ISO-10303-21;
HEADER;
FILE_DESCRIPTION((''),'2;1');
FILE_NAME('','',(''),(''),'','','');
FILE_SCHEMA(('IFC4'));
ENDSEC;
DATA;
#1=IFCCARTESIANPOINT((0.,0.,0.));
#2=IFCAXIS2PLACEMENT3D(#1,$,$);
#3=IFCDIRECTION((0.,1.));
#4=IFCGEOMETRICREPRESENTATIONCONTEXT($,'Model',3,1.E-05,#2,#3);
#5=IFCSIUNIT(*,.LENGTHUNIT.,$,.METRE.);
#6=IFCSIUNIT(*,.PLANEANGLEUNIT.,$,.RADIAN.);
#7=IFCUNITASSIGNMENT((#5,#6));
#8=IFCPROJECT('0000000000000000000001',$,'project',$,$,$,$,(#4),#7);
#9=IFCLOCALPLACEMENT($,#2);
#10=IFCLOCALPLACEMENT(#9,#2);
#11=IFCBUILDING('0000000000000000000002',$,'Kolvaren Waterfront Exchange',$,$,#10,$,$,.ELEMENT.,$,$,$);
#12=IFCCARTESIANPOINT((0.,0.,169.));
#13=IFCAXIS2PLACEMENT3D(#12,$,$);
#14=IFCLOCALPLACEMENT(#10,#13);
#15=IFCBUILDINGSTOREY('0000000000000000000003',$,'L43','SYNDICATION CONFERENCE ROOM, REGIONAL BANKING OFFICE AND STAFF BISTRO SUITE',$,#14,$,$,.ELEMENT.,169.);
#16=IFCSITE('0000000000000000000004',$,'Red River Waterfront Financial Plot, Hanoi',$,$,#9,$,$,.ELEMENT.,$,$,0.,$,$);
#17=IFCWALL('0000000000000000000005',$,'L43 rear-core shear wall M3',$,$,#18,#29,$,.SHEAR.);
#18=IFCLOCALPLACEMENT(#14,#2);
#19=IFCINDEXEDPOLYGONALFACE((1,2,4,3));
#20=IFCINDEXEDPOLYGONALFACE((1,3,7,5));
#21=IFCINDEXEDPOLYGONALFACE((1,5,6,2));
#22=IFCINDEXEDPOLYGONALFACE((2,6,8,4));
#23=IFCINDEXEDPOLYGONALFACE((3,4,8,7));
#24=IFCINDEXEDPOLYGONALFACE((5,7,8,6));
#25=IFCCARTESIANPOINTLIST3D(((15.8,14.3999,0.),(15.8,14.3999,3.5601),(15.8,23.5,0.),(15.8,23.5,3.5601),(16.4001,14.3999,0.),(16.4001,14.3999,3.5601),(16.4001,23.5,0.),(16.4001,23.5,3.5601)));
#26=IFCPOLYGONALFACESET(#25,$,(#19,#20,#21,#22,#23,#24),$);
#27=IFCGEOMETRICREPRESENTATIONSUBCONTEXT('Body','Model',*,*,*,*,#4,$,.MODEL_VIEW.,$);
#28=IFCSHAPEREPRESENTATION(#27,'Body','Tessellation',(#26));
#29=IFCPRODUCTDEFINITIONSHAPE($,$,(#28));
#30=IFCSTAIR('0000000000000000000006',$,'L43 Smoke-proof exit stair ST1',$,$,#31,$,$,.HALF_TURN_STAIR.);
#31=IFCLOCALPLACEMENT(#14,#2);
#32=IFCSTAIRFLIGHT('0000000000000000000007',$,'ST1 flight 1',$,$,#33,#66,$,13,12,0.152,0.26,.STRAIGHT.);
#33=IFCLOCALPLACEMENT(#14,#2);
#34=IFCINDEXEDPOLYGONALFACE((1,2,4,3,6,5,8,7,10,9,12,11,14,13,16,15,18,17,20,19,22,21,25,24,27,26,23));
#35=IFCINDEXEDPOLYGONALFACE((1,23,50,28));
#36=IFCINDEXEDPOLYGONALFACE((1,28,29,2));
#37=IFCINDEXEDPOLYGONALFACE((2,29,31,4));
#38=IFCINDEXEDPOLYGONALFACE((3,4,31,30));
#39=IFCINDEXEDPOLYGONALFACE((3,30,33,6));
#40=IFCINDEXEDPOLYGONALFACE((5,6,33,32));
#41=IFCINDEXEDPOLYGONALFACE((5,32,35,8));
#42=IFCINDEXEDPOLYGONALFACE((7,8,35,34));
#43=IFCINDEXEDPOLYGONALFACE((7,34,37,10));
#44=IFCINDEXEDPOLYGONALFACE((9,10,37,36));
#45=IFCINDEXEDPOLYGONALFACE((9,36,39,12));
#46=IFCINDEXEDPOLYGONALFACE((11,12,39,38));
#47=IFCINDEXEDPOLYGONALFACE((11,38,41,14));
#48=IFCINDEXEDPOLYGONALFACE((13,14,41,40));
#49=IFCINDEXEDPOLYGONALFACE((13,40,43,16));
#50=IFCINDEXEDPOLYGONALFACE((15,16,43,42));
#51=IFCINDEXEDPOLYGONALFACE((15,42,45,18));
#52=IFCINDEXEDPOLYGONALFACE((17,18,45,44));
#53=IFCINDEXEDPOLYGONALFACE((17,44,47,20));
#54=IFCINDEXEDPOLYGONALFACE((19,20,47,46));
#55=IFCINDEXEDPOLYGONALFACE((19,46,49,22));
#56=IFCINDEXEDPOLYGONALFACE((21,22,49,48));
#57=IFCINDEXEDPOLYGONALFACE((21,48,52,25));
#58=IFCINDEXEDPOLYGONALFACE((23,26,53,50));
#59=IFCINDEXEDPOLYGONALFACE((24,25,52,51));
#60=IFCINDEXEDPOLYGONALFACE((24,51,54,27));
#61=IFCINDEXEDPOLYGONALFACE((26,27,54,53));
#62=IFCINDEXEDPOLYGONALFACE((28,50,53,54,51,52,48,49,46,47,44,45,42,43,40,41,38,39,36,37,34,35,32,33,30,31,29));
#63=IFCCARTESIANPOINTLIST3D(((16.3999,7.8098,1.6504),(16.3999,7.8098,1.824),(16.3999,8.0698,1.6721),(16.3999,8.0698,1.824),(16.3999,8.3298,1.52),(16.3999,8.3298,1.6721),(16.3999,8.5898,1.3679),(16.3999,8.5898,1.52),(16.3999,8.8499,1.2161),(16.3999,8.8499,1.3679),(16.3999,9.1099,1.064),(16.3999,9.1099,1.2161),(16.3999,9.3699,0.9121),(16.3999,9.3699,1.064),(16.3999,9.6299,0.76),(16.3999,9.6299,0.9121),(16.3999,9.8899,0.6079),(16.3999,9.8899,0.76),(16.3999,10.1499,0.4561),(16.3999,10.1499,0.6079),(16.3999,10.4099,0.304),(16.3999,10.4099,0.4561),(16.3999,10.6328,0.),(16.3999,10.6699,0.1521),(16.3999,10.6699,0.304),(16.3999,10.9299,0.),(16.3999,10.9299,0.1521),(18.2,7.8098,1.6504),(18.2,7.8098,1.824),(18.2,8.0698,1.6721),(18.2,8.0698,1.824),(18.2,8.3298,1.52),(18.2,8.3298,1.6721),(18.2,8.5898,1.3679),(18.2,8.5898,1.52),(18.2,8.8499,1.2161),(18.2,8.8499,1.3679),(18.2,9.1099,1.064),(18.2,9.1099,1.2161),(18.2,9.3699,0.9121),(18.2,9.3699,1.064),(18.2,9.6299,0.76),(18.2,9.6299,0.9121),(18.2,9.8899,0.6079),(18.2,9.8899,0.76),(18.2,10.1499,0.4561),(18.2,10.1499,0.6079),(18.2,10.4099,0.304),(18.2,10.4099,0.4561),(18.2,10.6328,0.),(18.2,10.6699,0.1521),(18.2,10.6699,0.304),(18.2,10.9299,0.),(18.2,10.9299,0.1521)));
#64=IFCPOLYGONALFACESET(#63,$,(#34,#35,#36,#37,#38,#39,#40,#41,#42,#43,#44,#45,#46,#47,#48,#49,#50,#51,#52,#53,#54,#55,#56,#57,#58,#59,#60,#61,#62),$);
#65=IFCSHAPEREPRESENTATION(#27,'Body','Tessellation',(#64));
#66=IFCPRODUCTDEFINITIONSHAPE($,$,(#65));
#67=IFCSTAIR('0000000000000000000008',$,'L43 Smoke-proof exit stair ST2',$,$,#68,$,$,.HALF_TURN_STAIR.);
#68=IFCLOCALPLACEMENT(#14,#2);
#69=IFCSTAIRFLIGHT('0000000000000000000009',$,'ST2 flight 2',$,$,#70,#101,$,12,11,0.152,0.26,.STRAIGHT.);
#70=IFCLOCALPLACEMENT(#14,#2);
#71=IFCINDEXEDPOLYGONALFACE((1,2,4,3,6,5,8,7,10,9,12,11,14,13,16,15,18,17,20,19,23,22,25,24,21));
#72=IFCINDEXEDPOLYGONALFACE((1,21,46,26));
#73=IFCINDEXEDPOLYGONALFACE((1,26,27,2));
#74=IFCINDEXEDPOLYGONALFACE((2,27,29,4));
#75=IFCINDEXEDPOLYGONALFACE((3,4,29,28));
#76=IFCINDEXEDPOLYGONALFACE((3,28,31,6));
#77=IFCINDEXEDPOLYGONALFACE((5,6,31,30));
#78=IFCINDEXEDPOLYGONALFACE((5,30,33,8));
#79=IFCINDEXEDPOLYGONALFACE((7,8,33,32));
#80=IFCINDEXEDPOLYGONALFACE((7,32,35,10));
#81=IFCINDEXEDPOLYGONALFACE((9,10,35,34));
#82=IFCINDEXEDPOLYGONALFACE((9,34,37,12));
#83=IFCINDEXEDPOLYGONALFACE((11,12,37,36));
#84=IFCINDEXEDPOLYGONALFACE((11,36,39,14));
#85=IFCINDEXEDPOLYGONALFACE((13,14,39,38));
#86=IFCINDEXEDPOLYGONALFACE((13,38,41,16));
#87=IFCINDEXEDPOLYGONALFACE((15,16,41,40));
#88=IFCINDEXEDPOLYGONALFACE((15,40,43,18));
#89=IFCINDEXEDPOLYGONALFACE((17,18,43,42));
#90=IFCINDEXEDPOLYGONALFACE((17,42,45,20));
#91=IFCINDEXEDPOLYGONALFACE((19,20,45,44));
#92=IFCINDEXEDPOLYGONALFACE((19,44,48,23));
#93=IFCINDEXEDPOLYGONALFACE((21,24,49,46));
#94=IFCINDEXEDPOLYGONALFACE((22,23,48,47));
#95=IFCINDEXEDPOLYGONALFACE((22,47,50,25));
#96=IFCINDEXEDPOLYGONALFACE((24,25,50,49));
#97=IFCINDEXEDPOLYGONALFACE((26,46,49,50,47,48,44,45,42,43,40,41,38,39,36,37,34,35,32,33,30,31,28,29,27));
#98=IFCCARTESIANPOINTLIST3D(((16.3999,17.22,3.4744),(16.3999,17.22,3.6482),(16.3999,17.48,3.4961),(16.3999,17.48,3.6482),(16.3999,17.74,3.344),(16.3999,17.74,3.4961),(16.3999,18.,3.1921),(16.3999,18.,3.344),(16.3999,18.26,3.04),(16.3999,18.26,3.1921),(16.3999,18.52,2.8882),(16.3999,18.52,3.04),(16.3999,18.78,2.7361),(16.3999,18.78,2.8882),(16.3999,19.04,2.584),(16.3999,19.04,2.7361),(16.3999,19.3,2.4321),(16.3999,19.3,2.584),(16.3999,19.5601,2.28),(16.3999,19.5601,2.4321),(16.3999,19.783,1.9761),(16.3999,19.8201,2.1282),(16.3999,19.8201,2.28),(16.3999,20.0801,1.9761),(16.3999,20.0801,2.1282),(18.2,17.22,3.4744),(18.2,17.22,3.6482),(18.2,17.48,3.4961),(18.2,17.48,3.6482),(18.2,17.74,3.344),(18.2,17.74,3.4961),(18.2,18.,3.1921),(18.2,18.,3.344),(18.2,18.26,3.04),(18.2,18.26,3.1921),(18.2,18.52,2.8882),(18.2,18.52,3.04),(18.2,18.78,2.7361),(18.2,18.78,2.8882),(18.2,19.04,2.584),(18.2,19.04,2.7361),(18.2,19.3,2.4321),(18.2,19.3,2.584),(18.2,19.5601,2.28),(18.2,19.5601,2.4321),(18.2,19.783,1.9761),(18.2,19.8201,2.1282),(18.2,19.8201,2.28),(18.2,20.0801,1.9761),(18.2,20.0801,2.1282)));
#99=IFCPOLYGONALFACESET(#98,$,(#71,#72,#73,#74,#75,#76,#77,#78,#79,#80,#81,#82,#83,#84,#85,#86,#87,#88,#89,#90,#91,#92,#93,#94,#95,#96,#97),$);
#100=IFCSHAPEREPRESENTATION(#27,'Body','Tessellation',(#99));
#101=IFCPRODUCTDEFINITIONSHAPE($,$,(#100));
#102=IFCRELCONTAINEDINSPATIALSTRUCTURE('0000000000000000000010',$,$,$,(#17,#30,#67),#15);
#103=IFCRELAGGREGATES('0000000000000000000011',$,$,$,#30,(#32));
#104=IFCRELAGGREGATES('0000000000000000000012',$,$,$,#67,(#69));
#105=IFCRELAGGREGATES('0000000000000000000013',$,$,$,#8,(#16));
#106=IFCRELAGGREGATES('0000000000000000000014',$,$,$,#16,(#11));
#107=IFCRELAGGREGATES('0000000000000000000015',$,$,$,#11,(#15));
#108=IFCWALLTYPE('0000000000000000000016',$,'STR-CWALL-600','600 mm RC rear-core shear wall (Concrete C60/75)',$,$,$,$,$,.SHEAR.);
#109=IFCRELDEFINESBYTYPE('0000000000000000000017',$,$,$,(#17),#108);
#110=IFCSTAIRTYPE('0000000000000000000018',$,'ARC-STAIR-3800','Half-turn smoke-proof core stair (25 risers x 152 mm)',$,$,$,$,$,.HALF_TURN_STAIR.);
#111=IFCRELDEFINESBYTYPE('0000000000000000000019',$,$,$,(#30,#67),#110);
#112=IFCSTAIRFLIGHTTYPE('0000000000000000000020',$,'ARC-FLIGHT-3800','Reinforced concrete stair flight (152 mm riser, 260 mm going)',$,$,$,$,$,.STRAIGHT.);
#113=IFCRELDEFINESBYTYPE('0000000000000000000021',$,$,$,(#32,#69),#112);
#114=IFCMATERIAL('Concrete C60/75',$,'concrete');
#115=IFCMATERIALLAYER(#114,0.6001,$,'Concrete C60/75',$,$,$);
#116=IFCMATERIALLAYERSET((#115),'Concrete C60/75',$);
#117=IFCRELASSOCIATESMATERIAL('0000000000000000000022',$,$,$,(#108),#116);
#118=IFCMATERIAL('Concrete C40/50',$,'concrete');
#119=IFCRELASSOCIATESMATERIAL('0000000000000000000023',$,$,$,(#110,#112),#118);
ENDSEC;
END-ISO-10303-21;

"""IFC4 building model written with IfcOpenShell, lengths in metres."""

from ifc_helpers import new_model, si_unit, direction, frame, frame_2d, origin, place, context, subcontext, project, spatial, polyline, rectangle, outline, extrude, material, layer, layer_set, type_object, element, aggregate, save


model = new_model("IFC4")

# Units and contexts
model_context = context("Model", 3, precision=1e-05, world=origin(), true_north=direction((0.0, 1.0)))
body_context = subcontext(model_context, "Body", "Model", "MODEL_VIEW")
ifc_project = project(units=[si_unit("LENGTHUNIT", "METRE"), si_unit("PLANEANGLEUNIT", "RADIAN")], contexts=[model_context])

# Site, building, storey
site_placement = place(None, origin())
site = spatial("IfcSite", under=ifc_project, at=site_placement, Name="Red River Waterfront Financial Plot, Hanoi", CompositionType="ELEMENT", RefElevation=0.0)
building_placement = place(site_placement, origin())
building = spatial("IfcBuilding", under=site, at=building_placement, Name="Kolvaren Waterfront Exchange", CompositionType="ELEMENT")
storey_placement = place(building_placement, frame((0.0, 0.0, 169.0)))
storey = spatial("IfcBuildingStorey", under=building, at=storey_placement, Name="L43", Description="SYNDICATION CONFERENCE ROOM, REGIONAL BANKING OFFICE AND STAFF BISTRO SUITE", CompositionType="ELEMENT", Elevation=169.0)

# Shared definitions
ifc_material_1 = material(Name="Concrete C60/75", Category="concrete")

# Wall
ifc_material_2 = material(Name="Concrete C40/50", Category="concrete")
ifc_layer_1 = layer(ifc_material_1, 0.6001, Name="Concrete C60/75")
ifc_layer_set_1 = layer_set([ifc_layer_1], Name="Concrete C60/75")
wall_type_1 = type_object("IfcWallType", Name="STR-CWALL-600", Description="600 mm RC rear-core shear wall (Concrete C60/75)", PredefinedType="SHEAR", material=ifc_layer_set_1)
wall_1_placement = place(storey_placement, frame((16.1001, 14.3999, 0.0), z_axis=(0.0, 0.0, 1.0), x_axis=(0.0, 1.0, 0.0)))
element("IfcWall", 1, at=wall_1_placement, inside=storey, type_object=wall_type_1, Name="L43 rear-core shear wall M3", PredefinedType="SHEAR", context=body_context, shape_type="SweptSolid", body=[
    extrude(rectangle(XDim=9.1001, YDim=0.6001, at=frame_2d((4.55, 0.0))), origin(), (0.0, 0.0, 1.0), 3.5601),
])

# Stairs, stair flights
stair_type = type_object("IfcStairType", Name="ARC-STAIR-3800", Description="Half-turn smoke-proof core stair (25 risers x 152 mm)", PredefinedType="HALF_TURN_STAIR", material=ifc_material_2)
stair_1_placement = place(storey_placement, origin())
stair_1 = element("IfcStair", 2, at=stair_1_placement, inside=storey, type_object=stair_type, Name="L43 Smoke-proof exit stair ST1", PredefinedType="HALF_TURN_STAIR")
stair_flight_type = type_object("IfcStairFlightType", Name="ARC-FLIGHT-3800", Description="Reinforced concrete stair flight (152 mm riser, 260 mm going)", PredefinedType="STRAIGHT", material=ifc_material_2)
stair_flight_1_placement = place(storey_placement, frame((17.3, 10.9299, 0.0), z_axis=(0.0, 0.0, 1.0), x_axis=(0.0, -1.0, 0.0)))
stair_flight_1 = element("IfcStairFlight", 3, at=stair_flight_1_placement, type_object=stair_flight_type, Name="ST1 flight 1", NumberOfRisers=13, NumberOfTreads=12, PredefinedType="STRAIGHT", RiserHeight=0.152, TreadLength=0.26, context=body_context, shape_type="SweptSolid", body=[
    extrude(outline(polyline([(0.0, 0.0), (0.0, 0.1521), (0.26, 0.1521), (0.26, 0.304), (0.52, 0.304), (0.52, 0.4561), (0.78, 0.4561), (0.78, 0.6079), (1.04, 0.6079), (1.04, 0.76), (1.3, 0.76), (1.3, 0.9121), (1.5601, 0.9121), (1.5601, 1.064), (1.8201, 1.064), (1.8201, 1.2161), (2.0801, 1.2161), (2.0801, 1.3679), (2.3401, 1.3679), (2.3401, 1.52), (2.6001, 1.52), (2.6001, 1.6721), (2.8601, 1.6721), (2.8601, 1.824), (3.1201, 1.824), (3.1201, 1.9761), (3.1201, 1.6504), (0.2971, 0.0), (0.0, 0.0)])), frame((0.0, 0.8999, 0.0), z_axis=(0.0, -1.0, 0.0), x_axis=(1.0, 0.0, 0.0)), (0.0, 0.0, 1.0), 1.8),
])
aggregate(stair_1, [stair_flight_1])
stair_2_placement = place(storey_placement, origin())
stair_2 = element("IfcStair", 4, at=stair_2_placement, inside=storey, type_object=stair_type, Name="L43 Smoke-proof exit stair ST2", PredefinedType="HALF_TURN_STAIR")
stair_flight_2_placement = place(storey_placement, frame((17.3, 20.0801, 1.9761), z_axis=(0.0, 0.0, 1.0), x_axis=(0.0, -1.0, 0.0)))
stair_flight_2 = element("IfcStairFlight", 5, at=stair_flight_2_placement, type_object=stair_flight_type, Name="ST2 flight 2", NumberOfRisers=12, NumberOfTreads=11, PredefinedType="STRAIGHT", RiserHeight=0.152, TreadLength=0.26, context=body_context, shape_type="SweptSolid", body=[
    extrude(outline(polyline([(0.0, 0.0), (0.0, 0.1521), (0.26, 0.1521), (0.26, 0.304), (0.52, 0.304), (0.52, 0.4561), (0.78, 0.4561), (0.78, 0.6079), (1.04, 0.6079), (1.04, 0.76), (1.3, 0.76), (1.3, 0.9121), (1.5601, 0.9121), (1.5601, 1.064), (1.8201, 1.064), (1.8201, 1.2161), (2.0801, 1.2161), (2.0801, 1.3679), (2.3401, 1.3679), (2.3401, 1.52), (2.6001, 1.52), (2.6001, 1.6721), (2.8601, 1.6721), (2.8601, 1.824), (2.8601, 1.4983), (0.2971, 0.0), (0.0, 0.0)])), frame((0.0, 0.8999, 0.0), z_axis=(0.0, -1.0, 0.0), x_axis=(1.0, 0.0, 0.0)), (0.0, 0.0, 1.0), 1.8),
])
aggregate(stair_2, [stair_flight_2])

save(model, "model.ifc")
